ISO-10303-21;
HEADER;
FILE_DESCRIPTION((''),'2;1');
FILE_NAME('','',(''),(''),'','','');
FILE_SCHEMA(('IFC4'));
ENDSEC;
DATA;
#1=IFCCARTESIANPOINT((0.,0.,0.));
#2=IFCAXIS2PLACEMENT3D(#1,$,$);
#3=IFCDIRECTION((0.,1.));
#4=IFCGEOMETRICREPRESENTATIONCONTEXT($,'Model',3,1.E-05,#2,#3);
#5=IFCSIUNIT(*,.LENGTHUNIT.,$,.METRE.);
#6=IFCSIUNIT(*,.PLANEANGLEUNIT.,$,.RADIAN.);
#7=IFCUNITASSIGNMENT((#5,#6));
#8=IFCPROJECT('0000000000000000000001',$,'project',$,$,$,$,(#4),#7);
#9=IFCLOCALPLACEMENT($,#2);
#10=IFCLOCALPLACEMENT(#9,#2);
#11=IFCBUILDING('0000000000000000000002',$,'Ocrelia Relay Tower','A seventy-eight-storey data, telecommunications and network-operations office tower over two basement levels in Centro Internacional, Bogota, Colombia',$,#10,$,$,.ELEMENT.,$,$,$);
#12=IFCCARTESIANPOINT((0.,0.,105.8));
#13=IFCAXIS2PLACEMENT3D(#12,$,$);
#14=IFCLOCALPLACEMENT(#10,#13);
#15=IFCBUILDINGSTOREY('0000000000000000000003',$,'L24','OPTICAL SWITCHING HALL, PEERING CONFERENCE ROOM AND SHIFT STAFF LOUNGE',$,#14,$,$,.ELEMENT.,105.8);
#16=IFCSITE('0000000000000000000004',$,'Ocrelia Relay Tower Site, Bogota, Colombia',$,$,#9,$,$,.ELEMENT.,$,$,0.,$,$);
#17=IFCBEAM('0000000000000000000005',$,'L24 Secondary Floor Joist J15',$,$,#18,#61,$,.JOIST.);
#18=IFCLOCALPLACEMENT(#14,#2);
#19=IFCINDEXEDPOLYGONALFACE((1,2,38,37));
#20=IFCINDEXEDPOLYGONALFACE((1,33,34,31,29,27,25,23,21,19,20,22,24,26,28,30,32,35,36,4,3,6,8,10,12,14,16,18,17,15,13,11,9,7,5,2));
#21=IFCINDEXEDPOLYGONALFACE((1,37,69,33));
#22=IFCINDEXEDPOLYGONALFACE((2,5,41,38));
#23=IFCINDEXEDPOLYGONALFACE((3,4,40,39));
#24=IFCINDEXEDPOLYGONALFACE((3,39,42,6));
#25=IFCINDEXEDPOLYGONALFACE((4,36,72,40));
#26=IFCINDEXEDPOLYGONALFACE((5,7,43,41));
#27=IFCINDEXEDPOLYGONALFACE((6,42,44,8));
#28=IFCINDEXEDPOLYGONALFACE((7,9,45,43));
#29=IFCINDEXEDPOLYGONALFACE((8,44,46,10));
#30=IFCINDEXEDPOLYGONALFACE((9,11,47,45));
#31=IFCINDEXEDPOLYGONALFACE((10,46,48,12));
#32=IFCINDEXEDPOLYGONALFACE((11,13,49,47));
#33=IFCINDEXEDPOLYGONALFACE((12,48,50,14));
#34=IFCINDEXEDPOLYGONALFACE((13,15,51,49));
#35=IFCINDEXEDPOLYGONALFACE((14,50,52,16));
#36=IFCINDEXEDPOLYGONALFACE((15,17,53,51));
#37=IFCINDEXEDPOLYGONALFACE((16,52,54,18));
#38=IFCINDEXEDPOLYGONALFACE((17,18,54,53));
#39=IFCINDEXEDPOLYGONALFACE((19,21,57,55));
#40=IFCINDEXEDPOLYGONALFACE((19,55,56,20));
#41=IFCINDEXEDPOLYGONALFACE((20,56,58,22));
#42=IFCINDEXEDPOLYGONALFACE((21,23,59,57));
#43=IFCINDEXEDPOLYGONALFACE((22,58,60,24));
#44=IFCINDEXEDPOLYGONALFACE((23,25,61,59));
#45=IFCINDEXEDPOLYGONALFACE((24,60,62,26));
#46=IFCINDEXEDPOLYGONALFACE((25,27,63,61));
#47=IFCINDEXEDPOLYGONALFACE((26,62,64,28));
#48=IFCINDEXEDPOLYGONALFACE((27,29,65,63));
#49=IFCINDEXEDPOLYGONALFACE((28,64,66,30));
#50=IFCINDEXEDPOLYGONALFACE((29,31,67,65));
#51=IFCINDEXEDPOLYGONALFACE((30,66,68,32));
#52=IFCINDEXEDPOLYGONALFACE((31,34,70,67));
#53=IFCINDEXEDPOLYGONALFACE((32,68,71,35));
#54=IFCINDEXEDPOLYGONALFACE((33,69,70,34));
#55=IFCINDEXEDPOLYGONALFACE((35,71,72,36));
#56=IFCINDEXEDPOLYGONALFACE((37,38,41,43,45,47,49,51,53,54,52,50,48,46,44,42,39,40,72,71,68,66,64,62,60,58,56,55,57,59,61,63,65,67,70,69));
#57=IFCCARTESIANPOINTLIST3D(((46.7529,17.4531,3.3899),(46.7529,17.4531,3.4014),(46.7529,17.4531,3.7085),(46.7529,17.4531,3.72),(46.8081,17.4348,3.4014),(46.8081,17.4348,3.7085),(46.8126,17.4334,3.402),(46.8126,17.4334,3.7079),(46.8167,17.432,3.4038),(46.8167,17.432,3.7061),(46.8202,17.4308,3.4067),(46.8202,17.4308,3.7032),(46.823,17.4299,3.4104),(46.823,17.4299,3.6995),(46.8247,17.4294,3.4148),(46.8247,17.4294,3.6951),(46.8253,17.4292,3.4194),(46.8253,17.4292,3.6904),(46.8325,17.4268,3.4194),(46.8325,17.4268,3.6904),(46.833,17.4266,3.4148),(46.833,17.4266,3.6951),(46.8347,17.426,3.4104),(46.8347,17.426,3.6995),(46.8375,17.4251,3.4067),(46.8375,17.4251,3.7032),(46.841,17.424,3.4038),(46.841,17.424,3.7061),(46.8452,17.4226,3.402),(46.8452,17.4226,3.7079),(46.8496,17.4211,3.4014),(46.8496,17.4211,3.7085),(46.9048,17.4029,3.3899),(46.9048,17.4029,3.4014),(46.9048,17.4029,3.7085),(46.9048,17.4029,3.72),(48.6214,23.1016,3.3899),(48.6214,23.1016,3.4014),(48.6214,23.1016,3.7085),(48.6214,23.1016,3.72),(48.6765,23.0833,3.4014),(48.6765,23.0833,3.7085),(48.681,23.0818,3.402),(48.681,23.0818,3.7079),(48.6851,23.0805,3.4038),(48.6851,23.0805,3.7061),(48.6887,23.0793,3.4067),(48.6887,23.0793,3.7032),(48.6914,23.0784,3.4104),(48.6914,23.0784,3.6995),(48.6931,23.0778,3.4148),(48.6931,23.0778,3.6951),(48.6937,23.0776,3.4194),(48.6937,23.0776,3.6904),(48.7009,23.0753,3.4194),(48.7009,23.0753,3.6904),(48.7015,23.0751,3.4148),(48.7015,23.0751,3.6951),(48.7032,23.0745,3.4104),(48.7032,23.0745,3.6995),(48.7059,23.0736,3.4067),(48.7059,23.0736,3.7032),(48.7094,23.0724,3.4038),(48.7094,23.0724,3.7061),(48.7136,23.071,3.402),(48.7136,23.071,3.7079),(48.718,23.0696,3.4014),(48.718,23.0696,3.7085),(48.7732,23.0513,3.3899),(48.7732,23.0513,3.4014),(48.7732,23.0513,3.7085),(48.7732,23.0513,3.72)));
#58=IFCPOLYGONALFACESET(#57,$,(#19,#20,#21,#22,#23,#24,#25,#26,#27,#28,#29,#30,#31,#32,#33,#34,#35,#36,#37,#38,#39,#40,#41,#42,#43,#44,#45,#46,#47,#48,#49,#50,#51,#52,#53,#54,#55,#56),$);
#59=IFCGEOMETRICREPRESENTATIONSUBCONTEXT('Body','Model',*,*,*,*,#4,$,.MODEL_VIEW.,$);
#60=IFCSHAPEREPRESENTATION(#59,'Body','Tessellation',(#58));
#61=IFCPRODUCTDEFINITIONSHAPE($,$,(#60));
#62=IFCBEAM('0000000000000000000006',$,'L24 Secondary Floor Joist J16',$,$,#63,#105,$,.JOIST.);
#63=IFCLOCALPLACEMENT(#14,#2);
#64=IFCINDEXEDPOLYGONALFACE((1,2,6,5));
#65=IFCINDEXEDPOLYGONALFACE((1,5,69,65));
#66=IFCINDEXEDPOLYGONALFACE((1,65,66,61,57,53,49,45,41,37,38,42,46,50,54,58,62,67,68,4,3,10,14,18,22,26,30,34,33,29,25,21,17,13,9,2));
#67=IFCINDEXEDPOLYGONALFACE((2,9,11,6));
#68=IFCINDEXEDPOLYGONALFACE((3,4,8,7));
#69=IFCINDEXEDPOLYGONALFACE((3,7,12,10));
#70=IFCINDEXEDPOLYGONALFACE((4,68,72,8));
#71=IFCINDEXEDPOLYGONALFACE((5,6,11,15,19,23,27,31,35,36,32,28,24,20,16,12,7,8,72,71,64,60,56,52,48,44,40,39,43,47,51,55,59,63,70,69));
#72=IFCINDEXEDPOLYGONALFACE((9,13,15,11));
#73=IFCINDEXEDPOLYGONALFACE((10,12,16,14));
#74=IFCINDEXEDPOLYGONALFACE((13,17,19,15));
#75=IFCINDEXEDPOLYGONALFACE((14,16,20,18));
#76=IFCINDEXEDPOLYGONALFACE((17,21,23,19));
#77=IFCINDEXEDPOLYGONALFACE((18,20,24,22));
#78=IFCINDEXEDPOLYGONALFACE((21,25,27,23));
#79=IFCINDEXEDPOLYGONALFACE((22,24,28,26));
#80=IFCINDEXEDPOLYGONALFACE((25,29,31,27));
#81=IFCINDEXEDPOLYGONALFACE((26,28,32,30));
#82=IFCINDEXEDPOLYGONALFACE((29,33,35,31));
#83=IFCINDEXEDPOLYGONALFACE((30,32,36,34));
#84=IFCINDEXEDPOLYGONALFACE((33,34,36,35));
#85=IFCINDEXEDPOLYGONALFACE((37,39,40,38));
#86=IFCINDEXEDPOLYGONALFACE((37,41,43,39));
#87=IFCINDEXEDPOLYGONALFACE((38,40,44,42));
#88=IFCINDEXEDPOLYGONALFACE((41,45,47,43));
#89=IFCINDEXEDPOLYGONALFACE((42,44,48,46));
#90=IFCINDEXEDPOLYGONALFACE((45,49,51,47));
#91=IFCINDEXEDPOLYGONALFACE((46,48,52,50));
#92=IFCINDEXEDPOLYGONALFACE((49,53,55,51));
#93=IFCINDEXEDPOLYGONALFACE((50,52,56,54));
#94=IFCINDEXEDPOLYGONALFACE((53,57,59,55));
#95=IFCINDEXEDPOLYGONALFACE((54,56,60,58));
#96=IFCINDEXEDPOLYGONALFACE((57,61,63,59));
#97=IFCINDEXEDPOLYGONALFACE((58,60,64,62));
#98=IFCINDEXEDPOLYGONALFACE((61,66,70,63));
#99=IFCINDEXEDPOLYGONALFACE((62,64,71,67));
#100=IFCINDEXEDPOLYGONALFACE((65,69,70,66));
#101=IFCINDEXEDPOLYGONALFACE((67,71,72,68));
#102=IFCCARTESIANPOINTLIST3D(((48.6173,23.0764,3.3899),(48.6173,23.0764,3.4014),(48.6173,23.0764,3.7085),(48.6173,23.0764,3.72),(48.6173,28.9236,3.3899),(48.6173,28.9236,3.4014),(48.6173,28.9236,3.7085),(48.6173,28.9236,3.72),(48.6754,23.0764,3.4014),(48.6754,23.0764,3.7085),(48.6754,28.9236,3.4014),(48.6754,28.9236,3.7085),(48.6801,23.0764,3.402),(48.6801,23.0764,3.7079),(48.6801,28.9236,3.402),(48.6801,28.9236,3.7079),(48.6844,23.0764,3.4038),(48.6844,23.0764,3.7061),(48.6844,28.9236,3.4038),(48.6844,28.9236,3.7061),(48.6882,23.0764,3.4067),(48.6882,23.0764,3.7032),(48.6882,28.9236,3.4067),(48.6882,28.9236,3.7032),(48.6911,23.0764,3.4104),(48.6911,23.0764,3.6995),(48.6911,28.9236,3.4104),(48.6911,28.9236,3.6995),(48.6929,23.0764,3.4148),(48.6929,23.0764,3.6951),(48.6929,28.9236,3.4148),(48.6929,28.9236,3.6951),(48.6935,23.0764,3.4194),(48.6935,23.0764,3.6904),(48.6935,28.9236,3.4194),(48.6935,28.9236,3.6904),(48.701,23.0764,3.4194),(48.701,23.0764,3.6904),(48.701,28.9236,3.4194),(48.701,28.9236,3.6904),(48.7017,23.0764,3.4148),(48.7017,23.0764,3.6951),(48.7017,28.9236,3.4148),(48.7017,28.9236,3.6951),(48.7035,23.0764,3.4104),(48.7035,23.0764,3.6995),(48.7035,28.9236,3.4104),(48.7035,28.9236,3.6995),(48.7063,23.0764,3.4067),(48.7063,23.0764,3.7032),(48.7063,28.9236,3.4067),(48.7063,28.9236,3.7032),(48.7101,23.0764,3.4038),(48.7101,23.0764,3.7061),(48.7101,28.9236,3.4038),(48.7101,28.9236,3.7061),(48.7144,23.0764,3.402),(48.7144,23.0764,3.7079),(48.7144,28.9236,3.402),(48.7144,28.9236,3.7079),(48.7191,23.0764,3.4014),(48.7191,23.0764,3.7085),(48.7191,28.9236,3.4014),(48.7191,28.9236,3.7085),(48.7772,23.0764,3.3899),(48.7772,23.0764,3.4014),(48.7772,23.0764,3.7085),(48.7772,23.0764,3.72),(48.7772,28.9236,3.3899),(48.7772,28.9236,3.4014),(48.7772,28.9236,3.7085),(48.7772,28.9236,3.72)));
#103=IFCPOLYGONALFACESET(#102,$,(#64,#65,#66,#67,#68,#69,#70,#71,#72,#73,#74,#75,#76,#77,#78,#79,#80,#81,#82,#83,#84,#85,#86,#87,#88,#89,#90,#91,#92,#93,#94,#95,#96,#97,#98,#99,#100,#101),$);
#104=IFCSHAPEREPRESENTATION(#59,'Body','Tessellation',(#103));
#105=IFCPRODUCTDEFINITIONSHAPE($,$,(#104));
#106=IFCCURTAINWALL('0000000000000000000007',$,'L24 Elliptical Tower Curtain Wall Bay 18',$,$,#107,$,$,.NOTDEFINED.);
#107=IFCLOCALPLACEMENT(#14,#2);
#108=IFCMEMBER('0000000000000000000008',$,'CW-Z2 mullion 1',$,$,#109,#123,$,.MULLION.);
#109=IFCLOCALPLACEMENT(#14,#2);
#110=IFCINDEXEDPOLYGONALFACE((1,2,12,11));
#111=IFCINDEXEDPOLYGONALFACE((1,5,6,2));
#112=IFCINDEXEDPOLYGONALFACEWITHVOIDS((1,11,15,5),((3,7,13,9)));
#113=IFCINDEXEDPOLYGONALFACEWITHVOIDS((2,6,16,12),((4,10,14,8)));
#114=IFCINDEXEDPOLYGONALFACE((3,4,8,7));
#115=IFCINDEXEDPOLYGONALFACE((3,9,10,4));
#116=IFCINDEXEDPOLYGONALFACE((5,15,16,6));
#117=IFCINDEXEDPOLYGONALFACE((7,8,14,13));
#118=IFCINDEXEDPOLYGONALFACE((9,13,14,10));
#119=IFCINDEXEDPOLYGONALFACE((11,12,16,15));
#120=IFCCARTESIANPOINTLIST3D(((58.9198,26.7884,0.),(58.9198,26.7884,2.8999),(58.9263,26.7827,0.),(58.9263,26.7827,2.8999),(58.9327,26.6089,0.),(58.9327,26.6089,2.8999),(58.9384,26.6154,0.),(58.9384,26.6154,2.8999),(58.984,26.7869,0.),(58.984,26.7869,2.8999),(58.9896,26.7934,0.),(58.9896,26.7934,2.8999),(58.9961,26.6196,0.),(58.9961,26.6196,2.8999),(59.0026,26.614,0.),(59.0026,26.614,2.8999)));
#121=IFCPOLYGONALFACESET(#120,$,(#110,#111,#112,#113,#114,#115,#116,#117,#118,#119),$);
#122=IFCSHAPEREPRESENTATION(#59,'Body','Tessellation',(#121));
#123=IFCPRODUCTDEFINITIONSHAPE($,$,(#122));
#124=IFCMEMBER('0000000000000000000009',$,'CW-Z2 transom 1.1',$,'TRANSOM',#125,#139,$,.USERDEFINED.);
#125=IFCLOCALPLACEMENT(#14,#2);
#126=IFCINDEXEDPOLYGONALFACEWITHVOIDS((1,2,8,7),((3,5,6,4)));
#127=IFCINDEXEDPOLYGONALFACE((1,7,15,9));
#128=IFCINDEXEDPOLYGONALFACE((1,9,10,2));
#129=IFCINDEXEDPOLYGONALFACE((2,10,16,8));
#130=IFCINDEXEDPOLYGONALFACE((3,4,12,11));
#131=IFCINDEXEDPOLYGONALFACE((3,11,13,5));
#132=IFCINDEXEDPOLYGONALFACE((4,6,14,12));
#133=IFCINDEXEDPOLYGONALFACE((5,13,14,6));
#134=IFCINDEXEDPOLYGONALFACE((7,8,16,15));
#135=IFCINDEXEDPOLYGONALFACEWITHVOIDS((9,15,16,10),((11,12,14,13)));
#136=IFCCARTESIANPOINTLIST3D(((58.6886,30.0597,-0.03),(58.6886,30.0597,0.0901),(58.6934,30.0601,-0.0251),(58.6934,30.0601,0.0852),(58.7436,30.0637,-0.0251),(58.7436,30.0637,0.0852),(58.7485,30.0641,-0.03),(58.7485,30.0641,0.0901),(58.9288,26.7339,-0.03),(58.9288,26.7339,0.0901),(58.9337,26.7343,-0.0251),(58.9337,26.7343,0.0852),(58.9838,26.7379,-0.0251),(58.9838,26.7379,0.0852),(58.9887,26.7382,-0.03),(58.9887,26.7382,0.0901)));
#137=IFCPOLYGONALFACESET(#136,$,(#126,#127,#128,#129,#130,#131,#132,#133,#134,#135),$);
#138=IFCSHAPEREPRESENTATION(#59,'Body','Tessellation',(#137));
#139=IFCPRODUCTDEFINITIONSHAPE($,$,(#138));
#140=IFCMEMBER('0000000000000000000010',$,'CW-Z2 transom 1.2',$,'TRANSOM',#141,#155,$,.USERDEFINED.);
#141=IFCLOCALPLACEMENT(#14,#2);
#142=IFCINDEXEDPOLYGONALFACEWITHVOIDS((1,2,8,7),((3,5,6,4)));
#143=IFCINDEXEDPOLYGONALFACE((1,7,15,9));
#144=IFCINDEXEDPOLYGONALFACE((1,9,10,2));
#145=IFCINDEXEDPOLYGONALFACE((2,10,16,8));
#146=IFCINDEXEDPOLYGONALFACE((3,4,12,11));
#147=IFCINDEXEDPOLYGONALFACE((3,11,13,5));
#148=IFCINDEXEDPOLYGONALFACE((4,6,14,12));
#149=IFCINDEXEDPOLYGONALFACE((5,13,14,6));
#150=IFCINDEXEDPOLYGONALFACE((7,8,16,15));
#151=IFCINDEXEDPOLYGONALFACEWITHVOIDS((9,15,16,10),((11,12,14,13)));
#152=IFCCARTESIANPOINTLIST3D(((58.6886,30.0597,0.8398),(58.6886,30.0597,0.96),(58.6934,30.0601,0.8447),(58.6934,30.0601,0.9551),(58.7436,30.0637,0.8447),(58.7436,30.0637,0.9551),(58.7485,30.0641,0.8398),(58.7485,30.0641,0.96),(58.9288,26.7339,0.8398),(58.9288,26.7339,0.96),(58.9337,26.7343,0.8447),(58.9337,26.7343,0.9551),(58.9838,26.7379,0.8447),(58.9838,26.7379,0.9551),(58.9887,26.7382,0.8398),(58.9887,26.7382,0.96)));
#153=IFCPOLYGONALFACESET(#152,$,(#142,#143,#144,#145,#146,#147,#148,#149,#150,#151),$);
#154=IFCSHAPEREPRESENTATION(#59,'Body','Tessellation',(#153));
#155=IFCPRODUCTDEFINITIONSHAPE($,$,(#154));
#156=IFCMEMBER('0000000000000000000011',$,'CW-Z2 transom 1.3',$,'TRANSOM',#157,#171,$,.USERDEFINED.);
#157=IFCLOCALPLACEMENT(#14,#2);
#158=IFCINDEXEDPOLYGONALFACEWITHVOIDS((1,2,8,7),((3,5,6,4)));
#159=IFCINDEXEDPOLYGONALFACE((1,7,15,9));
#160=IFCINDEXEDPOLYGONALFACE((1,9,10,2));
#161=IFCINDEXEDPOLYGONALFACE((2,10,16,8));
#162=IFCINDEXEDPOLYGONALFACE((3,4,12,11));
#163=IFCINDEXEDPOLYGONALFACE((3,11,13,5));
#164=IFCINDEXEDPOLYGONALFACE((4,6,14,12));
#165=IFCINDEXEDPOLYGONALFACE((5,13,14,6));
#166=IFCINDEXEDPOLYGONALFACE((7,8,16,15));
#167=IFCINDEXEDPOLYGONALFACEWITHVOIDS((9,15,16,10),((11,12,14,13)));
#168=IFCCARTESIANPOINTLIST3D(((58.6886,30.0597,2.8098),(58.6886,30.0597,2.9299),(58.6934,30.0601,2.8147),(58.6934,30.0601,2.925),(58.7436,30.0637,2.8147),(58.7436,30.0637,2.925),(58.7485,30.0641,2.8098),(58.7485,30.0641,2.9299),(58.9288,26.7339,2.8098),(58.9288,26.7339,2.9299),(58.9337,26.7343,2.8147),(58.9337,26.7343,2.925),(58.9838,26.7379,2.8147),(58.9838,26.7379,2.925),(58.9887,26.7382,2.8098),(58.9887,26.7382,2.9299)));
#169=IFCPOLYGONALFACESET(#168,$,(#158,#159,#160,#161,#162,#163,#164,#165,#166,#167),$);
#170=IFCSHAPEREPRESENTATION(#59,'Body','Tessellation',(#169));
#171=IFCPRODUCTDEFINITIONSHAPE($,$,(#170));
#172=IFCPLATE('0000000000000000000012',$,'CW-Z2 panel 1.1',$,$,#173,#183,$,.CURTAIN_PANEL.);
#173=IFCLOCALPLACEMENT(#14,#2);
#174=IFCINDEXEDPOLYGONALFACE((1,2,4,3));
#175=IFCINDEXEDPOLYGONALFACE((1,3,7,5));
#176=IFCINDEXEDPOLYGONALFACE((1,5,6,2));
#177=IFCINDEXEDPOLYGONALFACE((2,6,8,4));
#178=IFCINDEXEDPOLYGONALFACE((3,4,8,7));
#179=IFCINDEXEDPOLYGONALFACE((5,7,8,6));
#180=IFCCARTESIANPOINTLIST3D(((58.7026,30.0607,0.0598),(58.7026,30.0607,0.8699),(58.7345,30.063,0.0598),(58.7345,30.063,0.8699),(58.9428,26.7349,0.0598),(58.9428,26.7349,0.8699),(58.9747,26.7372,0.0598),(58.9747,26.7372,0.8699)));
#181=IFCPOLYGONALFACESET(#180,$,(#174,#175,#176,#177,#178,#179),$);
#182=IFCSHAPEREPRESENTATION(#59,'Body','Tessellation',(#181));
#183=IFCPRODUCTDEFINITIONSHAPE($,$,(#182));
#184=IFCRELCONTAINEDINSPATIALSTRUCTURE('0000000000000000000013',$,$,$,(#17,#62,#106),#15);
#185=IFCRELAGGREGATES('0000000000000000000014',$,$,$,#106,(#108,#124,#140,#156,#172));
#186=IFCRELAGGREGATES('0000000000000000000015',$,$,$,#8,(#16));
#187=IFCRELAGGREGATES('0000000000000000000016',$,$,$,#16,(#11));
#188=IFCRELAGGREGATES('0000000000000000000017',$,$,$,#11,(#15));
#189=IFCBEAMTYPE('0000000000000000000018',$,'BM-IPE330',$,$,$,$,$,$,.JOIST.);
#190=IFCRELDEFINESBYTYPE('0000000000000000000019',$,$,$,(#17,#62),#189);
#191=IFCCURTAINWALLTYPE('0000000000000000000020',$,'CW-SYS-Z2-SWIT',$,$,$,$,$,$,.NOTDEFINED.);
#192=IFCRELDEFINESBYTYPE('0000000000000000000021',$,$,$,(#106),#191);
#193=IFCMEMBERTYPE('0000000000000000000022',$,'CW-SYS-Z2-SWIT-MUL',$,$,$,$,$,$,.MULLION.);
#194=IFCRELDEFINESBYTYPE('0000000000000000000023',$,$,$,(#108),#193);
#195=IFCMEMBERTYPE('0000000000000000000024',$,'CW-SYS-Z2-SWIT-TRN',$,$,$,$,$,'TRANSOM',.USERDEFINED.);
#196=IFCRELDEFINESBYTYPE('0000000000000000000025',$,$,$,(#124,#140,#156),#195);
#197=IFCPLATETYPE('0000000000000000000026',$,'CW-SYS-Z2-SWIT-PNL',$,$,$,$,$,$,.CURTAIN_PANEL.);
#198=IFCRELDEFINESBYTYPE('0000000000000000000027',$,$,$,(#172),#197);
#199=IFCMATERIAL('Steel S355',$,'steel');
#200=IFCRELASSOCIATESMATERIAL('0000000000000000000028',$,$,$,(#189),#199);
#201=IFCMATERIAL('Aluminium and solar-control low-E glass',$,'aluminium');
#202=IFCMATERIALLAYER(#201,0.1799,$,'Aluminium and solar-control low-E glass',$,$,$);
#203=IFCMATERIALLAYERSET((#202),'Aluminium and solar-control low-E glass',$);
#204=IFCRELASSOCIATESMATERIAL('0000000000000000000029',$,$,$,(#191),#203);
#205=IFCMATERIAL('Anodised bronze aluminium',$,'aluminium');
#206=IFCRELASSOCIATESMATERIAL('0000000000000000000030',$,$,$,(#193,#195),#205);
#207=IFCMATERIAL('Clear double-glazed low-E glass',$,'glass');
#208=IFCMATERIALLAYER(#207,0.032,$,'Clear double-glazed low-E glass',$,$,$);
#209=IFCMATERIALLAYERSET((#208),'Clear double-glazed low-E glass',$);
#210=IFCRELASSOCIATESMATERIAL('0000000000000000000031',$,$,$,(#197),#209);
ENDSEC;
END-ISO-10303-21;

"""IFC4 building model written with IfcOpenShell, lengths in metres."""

from ifc_helpers import new_model, si_unit, direction, frame, origin, origin_2d, place, context, subcontext, project, spatial, rectangle, hollow_rectangle, i_section, extrude, material, layer, layer_set, material_profile, profile_set, type_object, element, aggregate, save


model = new_model("IFC4")

# Units and contexts
model_context = context("Model", 3, precision=1e-05, world=origin(), true_north=direction((0.0, 1.0)))
body_context = subcontext(model_context, "Body", "Model", "MODEL_VIEW")
ifc_project = project(units=[si_unit("LENGTHUNIT", "METRE"), si_unit("PLANEANGLEUNIT", "RADIAN")], contexts=[model_context])

# Site, building, storey
site_placement = place(None, origin())
site = spatial("IfcSite", under=ifc_project, at=site_placement, Name="Ocrelia Relay Tower Site, Bogota, Colombia", CompositionType="ELEMENT", RefElevation=0.0)
building_placement = place(site_placement, origin())
building = spatial("IfcBuilding", under=site, at=building_placement, Name="Ocrelia Relay Tower", Description="A seventy-eight-storey data, telecommunications and network-operations office tower over two basement levels in Centro Internacional, Bogota, Colombia", CompositionType="ELEMENT")
storey_placement = place(building_placement, frame((0.0, 0.0, 105.8)))
storey = spatial("IfcBuildingStorey", under=building, at=storey_placement, Name="L24", Description="OPTICAL SWITCHING HALL, PEERING CONFERENCE ROOM AND SHIFT STAFF LOUNGE", CompositionType="ELEMENT", Elevation=105.8)

# Beams
ifc_material_1 = material(Name="Steel S355", Category="steel")
ifc_material_profile_1 = material_profile(ifc_material_1, i_section(OverallWidth=0.1599, OverallDepth=0.3301, WebThickness=0.0076, FlangeThickness=0.0115, FilletRadius=0.0181, at=origin_2d()), Name="IPE 330")
ifc_profile_set_1 = profile_set([ifc_material_profile_1], Name="Steel S355")
beam_type_1 = type_object("IfcBeamType", Name="BM-IPE330", PredefinedType="JOIST", material=ifc_profile_set_1)
beam_1_placement = place(storey_placement, frame((46.8289, 17.428, 3.5549), z_axis=(0.314048, 0.949407, 0.0), x_axis=(-0.949407, 0.314048, 0.0)))
element("IfcBeam", 1, at=beam_1_placement, inside=storey, type_object=beam_type_1, Name="L24 Secondary Floor Joist J15", PredefinedType="JOIST", context=body_context, shape_type="SweptSolid", body=[
    extrude(i_section(OverallWidth=0.1599, OverallDepth=0.3301, WebThickness=0.0076, FlangeThickness=0.0115, FilletRadius=0.0181, at=origin_2d()), origin(), (0.0, 0.0, 1.0), 5.9495),
])
beam_2_placement = place(storey_placement, frame((48.6973, 23.0764, 3.5549), z_axis=(0.0, 1.0, 0.0), x_axis=(-1.0, 0.0, 0.0)))
element("IfcBeam", 2, at=beam_2_placement, inside=storey, type_object=beam_type_1, Name="L24 Secondary Floor Joist J16", PredefinedType="JOIST", context=body_context, shape_type="SweptSolid", body=[
    extrude(i_section(OverallWidth=0.1599, OverallDepth=0.3301, WebThickness=0.0076, FlangeThickness=0.0115, FilletRadius=0.0181, at=origin_2d()), origin(), (0.0, 0.0, 1.0), 5.8472),
])

# Curtain wall, members, plate
ifc_material_2 = material(Name="Aluminium and solar-control low-E glass", Category="aluminium")
ifc_layer_1 = layer(ifc_material_2, 0.1799, Name="Aluminium and solar-control low-E glass")
ifc_layer_set_1 = layer_set([ifc_layer_1], Name="Aluminium and solar-control low-E glass")
curtain_wall_type = type_object("IfcCurtainWallType", Name="CW-SYS-Z2-SWIT", PredefinedType="NOTDEFINED", material=ifc_layer_set_1)
curtain_wall_placement = place(storey_placement, origin())
curtain_wall = element("IfcCurtainWall", 3, at=curtain_wall_placement, inside=storey, type_object=curtain_wall_type, Name="L24 Elliptical Tower Curtain Wall Bay 18", PredefinedType="NOTDEFINED")
ifc_material_3 = material(Name="Anodised bronze aluminium", Category="aluminium")
ifc_material_profile_2 = material_profile(ifc_material_3, hollow_rectangle(XDim=0.0701, YDim=0.1799, WallThickness=0.0061, at=origin_2d()), Name="CW-MUL-180x70")
ifc_profile_set_2 = profile_set([ifc_material_profile_2], Name="Anodised bronze aluminium")
member_type_1 = type_object("IfcMemberType", Name="CW-SYS-Z2-SWIT-MUL", PredefinedType="MULLION", material=ifc_profile_set_2)
member_1_placement = place(storey_placement, frame((58.9612, 26.7012, 0.0), z_axis=(0.0, 0.0, 1.0), x_axis=(-0.997402, -0.07203, 0.0)))
member_1 = element("IfcMember", 4, at=member_1_placement, type_object=member_type_1, Name="CW-Z2 mullion 1", PredefinedType="MULLION", context=body_context, shape_type="SweptSolid", body=[
    extrude(hollow_rectangle(XDim=0.0701, YDim=0.1799, WallThickness=0.0061, at=origin_2d()), origin(), (0.0, 0.0, 1.0), 2.8999),
])
ifc_material_profile_3 = material_profile(ifc_material_3, hollow_rectangle(XDim=0.0601, YDim=0.1201, WallThickness=0.0049, at=origin_2d()), Name="CW-TRN-120x60")
ifc_profile_set_3 = profile_set([ifc_material_profile_3], Name="Anodised bronze aluminium")
member_type_2 = type_object("IfcMemberType", Name="CW-SYS-Z2-SWIT-TRN", ElementType="TRANSOM", PredefinedType="USERDEFINED", material=ifc_profile_set_3)
member_2_placement = place(storey_placement, frame((58.9587, 26.7361, 0.03), z_axis=(-0.072043, 0.997402, 0.0), x_axis=(-0.997402, -0.072043, 0.0)))
member_2 = element("IfcMember", 5, at=member_2_placement, type_object=member_type_2, Name="CW-Z2 transom 1.1", ObjectType="TRANSOM", PredefinedType="USERDEFINED", context=body_context, shape_type="SweptSolid", body=[
    extrude(hollow_rectangle(XDim=0.0601, YDim=0.1201, WallThickness=0.0049, at=origin_2d()), origin(), (0.0, 0.0, 1.0), 3.3345),
])
member_3_placement = place(storey_placement, frame((58.9587, 26.7361, 0.8999), z_axis=(-0.072043, 0.997402, 0.0), x_axis=(-0.997402, -0.072043, 0.0)))
member_3 = element("IfcMember", 6, at=member_3_placement, type_object=member_type_2, Name="CW-Z2 transom 1.2", ObjectType="TRANSOM", PredefinedType="USERDEFINED", context=body_context, shape_type="SweptSolid", body=[
    extrude(hollow_rectangle(XDim=0.0601, YDim=0.1201, WallThickness=0.0049, at=origin_2d()), origin(), (0.0, 0.0, 1.0), 3.3345),
])
member_4_placement = place(storey_placement, frame((58.9587, 26.7361, 2.8699), z_axis=(-0.072043, 0.997402, 0.0), x_axis=(-0.997402, -0.072043, 0.0)))
member_4 = element("IfcMember", 7, at=member_4_placement, type_object=member_type_2, Name="CW-Z2 transom 1.3", ObjectType="TRANSOM", PredefinedType="USERDEFINED", context=body_context, shape_type="SweptSolid", body=[
    extrude(hollow_rectangle(XDim=0.0601, YDim=0.1201, WallThickness=0.0049, at=origin_2d()), origin(), (0.0, 0.0, 1.0), 3.3345),
])
ifc_material_4 = material(Name="Clear double-glazed low-E glass", Category="glass")
ifc_layer_2 = layer(ifc_material_4, 0.032, Name="Clear double-glazed low-E glass")
ifc_layer_set_2 = layer_set([ifc_layer_2], Name="Clear double-glazed low-E glass")
plate_type = type_object("IfcPlateType", Name="CW-SYS-Z2-SWIT-PNL", PredefinedType="CURTAIN_PANEL", material=ifc_layer_set_2)
plate_placement = place(storey_placement, frame((58.8386, 28.3989, 0.0598), z_axis=(0.0, 0.0, 1.0), x_axis=(-0.07203, 0.997402, 0.0)))
plate = element("IfcPlate", 8, at=plate_placement, type_object=plate_type, Name="CW-Z2 panel 1.1", PredefinedType="CURTAIN_PANEL", context=body_context, shape_type="SweptSolid", body=[
    extrude(rectangle(XDim=3.3345, YDim=0.032, at=origin_2d()), origin(), (0.0, 0.0, 1.0), 0.8101),
])
aggregate(curtain_wall, [member_1, member_2, member_3, member_4, plate])

save(model, "model.ifc")
